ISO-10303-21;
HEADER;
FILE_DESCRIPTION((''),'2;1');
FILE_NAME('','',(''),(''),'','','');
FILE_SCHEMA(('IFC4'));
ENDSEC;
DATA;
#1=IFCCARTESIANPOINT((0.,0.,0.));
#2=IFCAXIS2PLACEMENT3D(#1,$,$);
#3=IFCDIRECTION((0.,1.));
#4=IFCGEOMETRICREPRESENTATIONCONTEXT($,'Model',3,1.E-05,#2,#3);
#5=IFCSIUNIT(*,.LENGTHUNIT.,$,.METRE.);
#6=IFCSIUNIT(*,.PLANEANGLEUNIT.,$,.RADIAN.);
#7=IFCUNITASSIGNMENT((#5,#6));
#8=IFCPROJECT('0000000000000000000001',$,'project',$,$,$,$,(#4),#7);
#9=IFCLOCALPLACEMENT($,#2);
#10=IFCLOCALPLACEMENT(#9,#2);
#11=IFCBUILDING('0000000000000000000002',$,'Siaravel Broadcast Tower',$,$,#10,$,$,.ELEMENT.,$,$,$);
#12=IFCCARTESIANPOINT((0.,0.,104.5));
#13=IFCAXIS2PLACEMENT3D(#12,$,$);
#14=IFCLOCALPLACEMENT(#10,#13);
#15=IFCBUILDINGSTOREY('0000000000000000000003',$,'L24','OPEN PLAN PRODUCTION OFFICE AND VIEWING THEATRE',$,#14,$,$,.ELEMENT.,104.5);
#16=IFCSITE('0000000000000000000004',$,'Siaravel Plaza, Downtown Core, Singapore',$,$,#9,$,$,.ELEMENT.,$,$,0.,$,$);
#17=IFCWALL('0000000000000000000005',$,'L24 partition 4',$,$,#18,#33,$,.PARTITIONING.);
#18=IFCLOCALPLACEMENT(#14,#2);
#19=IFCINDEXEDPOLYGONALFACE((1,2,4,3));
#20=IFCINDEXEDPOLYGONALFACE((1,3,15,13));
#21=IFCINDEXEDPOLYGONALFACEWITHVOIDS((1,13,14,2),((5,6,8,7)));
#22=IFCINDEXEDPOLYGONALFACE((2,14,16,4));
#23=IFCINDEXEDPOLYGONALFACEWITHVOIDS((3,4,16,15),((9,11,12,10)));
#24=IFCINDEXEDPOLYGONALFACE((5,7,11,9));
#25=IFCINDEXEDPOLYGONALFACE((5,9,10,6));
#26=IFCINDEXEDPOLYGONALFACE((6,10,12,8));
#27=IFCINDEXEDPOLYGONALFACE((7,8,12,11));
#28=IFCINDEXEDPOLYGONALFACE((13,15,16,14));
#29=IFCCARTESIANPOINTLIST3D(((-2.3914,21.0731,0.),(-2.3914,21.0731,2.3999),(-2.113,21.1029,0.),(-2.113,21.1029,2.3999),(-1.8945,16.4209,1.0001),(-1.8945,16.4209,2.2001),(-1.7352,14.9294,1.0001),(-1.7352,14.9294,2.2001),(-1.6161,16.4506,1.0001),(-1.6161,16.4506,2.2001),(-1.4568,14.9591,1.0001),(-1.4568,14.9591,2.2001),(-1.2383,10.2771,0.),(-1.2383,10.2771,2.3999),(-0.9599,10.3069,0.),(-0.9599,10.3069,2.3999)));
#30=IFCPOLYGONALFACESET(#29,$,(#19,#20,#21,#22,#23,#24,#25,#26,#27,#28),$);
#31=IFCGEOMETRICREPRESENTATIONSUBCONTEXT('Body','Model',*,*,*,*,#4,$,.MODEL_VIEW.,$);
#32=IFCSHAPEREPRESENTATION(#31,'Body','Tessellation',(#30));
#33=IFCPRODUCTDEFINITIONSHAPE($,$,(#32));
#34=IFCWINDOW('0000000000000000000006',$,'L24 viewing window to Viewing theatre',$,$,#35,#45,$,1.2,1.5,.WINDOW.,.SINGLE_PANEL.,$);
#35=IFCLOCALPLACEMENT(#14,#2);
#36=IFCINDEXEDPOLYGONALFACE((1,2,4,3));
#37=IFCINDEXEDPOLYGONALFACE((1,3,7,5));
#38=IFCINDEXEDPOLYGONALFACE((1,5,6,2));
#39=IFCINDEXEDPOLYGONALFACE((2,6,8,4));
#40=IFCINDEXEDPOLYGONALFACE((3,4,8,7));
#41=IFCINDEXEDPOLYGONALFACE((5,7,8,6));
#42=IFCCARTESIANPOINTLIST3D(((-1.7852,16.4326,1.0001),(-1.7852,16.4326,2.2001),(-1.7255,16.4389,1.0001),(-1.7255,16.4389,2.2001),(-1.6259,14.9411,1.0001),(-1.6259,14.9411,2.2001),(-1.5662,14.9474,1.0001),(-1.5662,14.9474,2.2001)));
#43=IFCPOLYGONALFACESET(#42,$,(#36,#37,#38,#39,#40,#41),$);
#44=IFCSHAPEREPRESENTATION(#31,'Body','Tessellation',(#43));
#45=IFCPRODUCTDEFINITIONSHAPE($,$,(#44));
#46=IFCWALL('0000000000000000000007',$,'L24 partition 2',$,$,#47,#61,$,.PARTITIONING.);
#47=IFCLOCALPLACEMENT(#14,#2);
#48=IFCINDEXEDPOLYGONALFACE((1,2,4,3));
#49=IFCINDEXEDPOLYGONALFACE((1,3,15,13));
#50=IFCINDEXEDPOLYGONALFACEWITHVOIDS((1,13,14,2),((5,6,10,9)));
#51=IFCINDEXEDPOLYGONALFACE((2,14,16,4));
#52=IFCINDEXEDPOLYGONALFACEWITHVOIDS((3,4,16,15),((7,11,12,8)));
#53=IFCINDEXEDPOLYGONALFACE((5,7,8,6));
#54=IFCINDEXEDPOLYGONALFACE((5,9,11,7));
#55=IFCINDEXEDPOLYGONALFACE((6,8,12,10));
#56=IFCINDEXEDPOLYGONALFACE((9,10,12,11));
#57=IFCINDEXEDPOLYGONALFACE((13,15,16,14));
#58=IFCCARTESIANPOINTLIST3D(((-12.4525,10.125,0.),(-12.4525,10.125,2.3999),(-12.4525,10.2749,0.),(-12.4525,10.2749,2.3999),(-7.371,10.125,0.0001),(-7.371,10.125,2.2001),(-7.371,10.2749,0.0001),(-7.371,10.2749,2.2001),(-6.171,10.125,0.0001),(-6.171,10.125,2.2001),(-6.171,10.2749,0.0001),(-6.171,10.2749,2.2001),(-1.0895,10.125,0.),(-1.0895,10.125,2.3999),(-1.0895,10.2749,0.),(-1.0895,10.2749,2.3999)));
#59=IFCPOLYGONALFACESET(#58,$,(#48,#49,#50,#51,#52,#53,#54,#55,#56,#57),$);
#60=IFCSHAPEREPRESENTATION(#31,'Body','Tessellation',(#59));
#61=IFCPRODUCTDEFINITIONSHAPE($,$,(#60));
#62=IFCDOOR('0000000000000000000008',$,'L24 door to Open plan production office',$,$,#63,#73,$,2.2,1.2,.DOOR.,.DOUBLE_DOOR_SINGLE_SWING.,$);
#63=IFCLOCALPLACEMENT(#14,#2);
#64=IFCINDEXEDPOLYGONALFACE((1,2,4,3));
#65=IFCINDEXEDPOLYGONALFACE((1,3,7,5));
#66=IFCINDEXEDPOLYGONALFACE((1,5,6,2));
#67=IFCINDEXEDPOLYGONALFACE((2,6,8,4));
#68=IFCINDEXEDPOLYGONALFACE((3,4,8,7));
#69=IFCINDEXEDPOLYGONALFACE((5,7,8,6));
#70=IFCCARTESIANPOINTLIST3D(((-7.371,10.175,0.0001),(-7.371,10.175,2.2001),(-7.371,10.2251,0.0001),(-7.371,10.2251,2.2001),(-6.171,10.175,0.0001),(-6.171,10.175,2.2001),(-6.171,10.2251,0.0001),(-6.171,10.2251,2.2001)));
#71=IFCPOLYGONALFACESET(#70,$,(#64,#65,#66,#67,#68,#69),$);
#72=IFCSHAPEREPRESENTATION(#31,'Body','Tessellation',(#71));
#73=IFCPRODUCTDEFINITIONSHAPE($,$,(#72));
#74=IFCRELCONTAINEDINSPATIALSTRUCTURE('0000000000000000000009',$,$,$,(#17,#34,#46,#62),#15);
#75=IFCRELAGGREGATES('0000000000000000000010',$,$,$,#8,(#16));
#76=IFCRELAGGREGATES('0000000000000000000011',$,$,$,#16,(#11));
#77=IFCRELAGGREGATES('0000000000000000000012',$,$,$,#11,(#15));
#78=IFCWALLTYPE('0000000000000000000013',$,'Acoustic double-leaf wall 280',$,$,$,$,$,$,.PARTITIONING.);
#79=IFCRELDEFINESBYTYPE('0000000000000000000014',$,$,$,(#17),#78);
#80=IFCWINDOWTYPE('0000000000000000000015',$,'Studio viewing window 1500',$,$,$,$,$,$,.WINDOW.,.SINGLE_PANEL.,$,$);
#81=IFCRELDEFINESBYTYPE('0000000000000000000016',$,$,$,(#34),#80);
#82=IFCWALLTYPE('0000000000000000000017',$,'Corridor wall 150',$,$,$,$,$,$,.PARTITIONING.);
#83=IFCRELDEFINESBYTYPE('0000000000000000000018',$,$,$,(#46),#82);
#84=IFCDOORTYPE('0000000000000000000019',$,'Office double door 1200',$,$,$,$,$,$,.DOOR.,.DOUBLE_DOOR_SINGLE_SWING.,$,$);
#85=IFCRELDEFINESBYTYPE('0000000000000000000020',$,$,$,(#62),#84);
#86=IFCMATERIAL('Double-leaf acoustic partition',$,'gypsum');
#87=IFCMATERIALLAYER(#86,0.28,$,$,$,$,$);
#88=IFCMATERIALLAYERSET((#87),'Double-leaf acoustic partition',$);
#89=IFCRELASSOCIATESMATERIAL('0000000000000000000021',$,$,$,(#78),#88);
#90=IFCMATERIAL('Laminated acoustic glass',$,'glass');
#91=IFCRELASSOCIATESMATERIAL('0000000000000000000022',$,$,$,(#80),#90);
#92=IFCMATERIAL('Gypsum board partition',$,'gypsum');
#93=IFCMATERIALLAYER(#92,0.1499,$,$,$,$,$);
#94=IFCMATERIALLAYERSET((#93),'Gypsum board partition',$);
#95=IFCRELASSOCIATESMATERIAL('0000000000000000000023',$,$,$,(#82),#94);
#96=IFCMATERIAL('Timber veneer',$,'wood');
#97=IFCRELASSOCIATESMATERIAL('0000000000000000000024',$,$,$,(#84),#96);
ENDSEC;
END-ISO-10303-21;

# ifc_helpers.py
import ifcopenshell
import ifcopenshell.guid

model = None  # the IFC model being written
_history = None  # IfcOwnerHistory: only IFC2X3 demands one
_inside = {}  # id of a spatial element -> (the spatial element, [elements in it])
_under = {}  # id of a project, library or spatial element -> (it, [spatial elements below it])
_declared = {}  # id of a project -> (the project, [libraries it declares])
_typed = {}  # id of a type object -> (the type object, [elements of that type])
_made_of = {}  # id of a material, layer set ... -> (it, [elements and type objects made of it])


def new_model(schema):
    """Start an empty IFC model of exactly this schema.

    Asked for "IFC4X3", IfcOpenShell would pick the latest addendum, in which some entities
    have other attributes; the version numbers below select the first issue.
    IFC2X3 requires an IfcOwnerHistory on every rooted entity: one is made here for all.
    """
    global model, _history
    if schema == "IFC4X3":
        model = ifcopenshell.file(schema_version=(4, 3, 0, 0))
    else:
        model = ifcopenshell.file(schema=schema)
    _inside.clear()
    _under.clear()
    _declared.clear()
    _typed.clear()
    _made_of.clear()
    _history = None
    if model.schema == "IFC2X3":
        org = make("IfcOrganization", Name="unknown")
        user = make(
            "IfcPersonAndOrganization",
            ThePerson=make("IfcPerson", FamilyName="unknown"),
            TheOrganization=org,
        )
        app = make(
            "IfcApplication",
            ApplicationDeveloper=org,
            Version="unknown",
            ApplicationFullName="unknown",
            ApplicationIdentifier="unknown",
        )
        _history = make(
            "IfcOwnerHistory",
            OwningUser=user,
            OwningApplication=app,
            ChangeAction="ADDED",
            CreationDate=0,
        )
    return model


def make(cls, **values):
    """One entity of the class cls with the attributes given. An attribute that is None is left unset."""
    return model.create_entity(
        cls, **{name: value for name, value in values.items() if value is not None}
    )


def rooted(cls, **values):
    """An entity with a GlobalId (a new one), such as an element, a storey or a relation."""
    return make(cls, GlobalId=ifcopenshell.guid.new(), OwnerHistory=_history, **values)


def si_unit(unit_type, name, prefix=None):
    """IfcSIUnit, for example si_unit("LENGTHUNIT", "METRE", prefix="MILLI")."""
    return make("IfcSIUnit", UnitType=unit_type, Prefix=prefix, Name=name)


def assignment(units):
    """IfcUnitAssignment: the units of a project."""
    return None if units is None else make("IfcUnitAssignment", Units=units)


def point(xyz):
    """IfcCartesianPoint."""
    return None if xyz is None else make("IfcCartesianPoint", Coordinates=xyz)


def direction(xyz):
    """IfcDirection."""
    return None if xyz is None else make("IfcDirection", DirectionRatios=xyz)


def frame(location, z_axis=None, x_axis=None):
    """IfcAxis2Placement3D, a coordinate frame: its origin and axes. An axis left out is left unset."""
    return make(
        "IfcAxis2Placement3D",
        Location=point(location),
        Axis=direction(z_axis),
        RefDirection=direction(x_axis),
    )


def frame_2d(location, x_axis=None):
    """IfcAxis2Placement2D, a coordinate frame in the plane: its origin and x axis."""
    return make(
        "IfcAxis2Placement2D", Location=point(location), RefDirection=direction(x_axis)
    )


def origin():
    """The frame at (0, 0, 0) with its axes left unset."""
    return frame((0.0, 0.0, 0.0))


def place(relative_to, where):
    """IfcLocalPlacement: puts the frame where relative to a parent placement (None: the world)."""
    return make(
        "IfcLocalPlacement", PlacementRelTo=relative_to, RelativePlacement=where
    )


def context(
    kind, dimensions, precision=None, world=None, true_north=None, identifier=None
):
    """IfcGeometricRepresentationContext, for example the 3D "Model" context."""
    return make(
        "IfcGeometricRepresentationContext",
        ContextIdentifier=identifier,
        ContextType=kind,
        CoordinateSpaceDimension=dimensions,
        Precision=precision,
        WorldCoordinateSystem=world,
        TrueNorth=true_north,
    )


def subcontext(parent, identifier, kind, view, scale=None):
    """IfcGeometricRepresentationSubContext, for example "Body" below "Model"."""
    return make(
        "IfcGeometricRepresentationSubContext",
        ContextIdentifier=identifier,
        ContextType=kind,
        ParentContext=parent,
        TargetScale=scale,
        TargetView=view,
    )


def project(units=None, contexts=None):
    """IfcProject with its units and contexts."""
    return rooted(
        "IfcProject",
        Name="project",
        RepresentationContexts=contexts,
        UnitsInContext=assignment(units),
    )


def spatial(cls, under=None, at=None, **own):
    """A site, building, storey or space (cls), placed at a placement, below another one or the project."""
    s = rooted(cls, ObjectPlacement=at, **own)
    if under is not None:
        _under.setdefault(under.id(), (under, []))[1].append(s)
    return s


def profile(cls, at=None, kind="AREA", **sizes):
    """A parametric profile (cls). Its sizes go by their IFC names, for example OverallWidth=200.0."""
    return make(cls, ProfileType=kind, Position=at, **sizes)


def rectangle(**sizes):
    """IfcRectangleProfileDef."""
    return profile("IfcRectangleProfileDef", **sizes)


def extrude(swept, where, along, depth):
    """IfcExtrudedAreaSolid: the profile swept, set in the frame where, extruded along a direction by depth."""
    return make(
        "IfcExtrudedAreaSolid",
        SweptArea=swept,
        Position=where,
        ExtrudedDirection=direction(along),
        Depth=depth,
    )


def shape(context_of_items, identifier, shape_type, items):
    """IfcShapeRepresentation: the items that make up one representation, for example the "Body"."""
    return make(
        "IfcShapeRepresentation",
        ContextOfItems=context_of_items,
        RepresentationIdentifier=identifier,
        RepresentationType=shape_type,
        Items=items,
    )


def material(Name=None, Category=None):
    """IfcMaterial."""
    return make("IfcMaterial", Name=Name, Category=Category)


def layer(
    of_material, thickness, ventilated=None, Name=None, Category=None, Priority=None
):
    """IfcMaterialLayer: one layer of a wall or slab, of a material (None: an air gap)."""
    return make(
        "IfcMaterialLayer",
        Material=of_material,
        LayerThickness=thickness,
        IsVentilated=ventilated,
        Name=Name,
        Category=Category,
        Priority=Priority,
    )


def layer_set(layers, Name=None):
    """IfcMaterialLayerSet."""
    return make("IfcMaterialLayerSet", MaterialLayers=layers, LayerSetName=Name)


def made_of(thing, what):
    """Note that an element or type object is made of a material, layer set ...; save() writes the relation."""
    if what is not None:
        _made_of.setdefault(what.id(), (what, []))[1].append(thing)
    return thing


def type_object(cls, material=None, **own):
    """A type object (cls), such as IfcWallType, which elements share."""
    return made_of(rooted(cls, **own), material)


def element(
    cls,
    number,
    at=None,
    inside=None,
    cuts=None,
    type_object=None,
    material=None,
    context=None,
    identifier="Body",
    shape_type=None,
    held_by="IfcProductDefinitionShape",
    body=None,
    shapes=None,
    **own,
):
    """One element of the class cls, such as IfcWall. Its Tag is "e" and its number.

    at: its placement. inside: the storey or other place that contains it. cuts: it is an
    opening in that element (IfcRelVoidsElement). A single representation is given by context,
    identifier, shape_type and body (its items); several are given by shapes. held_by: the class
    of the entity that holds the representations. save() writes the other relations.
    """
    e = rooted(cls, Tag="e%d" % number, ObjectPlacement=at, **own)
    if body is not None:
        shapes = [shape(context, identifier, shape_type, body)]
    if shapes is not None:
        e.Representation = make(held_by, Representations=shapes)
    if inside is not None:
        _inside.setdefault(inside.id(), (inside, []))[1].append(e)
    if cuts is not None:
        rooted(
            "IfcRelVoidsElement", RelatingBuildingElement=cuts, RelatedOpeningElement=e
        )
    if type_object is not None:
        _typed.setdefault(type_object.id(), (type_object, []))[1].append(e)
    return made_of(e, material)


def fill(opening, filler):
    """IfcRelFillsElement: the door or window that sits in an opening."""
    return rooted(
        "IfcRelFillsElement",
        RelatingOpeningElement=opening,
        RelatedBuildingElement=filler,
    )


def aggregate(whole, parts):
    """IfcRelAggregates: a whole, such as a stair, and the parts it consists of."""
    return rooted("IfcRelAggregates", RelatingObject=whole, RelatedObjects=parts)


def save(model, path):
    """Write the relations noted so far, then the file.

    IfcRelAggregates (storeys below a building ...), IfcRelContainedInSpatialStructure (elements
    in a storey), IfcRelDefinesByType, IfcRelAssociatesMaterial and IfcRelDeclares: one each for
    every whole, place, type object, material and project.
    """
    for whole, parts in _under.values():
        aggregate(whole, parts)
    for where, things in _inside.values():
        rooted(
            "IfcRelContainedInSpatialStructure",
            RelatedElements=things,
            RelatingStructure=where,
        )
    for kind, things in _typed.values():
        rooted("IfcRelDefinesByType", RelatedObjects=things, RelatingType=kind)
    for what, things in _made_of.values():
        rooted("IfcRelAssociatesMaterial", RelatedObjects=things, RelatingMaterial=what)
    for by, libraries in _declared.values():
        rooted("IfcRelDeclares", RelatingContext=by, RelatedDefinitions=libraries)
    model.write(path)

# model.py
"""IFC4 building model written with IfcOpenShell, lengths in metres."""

from ifc_helpers import new_model, si_unit, direction, frame, frame_2d, origin, place, context, subcontext, project, spatial, rectangle, extrude, material, layer, layer_set, type_object, element, fill, save


model = new_model("IFC4")

# Units and contexts
model_context = context("Model", 3, precision=1e-05, world=origin(), true_north=direction((0.0, 1.0)))
body_context = subcontext(model_context, "Body", "Model", "MODEL_VIEW")
ifc_project = project(units=[si_unit("LENGTHUNIT", "METRE"), si_unit("PLANEANGLEUNIT", "RADIAN")], contexts=[model_context])

# Site, building, storey
site_placement = place(None, origin())
site = spatial("IfcSite", under=ifc_project, at=site_placement, Name="Siaravel Plaza, Downtown Core, Singapore", CompositionType="ELEMENT", RefElevation=0.0)
building_placement = place(site_placement, origin())
building = spatial("IfcBuilding", under=site, at=building_placement, Name="Siaravel Broadcast Tower", CompositionType="ELEMENT")
storey_placement = place(building_placement, frame((0.0, 0.0, 104.5)))
storey = spatial("IfcBuildingStorey", under=building, at=storey_placement, Name="L24", Description="OPEN PLAN PRODUCTION OFFICE AND VIEWING THEATRE", CompositionType="ELEMENT", Elevation=104.5)

# Wall, opening, window
ifc_material_1 = material(Name="Double-leaf acoustic partition", Category="gypsum")
ifc_layer_1 = layer(ifc_material_1, 0.28)
ifc_layer_set_1 = layer_set([ifc_layer_1], Name="Double-leaf acoustic partition")
wall_type_1 = type_object("IfcWallType", Name="Acoustic double-leaf wall 280", PredefinedType="PARTITIONING", material=ifc_layer_set_1)
wall_1_placement = place(storey_placement, frame((-1.0991, 10.292, 0.0), z_axis=(0.0, 0.0, 1.0), x_axis=(-0.106203, 0.994344, 0.0)))
wall_1 = element("IfcWall", 1, at=wall_1_placement, inside=storey, type_object=wall_type_1, Name="L24 partition 4", PredefinedType="PARTITIONING", context=body_context, shape_type="SweptSolid", body=[
    extrude(rectangle(XDim=10.8574, YDim=0.28, at=frame_2d((5.4287, 0.0))), origin(), (0.0, 0.0, 1.0), 2.3999),
])
opening_1_placement = place(wall_1_placement, frame((4.6787, 0.0, 1.0)))
opening_1 = element("IfcOpeningElement", 2, at=opening_1_placement, cuts=wall_1, PredefinedType="OPENING", context=body_context, shape_type="SweptSolid", body=[
    extrude(rectangle(XDim=1.5, YDim=1.2, at=frame_2d((0.75, 0.6001))), frame((0.0, 0.1499, 0.0), z_axis=(0.0, -1.0, 0.0), x_axis=(1.0, 0.0, 0.0)), (0.0, 0.0, 1.0), 0.3),
])
ifc_material_2 = material(Name="Laminated acoustic glass", Category="glass")
window_type = type_object("IfcWindowType", Name="Studio viewing window 1500", PartitioningType="SINGLE_PANEL", PredefinedType="WINDOW", material=ifc_material_2)
window_placement = place(opening_1_placement, origin())
window = element("IfcWindow", 3, at=window_placement, inside=storey, type_object=window_type, Name="L24 viewing window to Viewing theatre", OverallHeight=1.2, OverallWidth=1.5, PartitioningType="SINGLE_PANEL", PredefinedType="WINDOW", context=body_context, shape_type="SweptSolid", body=[
    extrude(rectangle(XDim=1.5, YDim=1.2, at=frame_2d((0.75, 0.6001))), frame((0.0, 0.03, 0.0), z_axis=(0.0, -1.0, 0.0), x_axis=(1.0, 0.0, 0.0)), (0.0, 0.0, 1.0), 0.0601),
])
fill(opening_1, window)

# Wall, opening, door
ifc_material_3 = material(Name="Gypsum board partition", Category="gypsum")
ifc_layer_2 = layer(ifc_material_3, 0.1499)
ifc_layer_set_2 = layer_set([ifc_layer_2], Name="Gypsum board partition")
wall_type_2 = type_object("IfcWallType", Name="Corridor wall 150", PredefinedType="PARTITIONING", material=ifc_layer_set_2)
wall_2_placement = place(storey_placement, frame((-1.0894, 10.2, 0.0), z_axis=(0.0, 0.0, 1.0), x_axis=(-1.0, 0.0, 0.0)))
wall_2 = element("IfcWall", 4, at=wall_2_placement, inside=storey, type_object=wall_type_2, Name="L24 partition 2", PredefinedType="PARTITIONING", context=body_context, shape_type="SweptSolid", body=[
    extrude(rectangle(XDim=11.363, YDim=0.1499, at=frame_2d((5.6816, 0.0))), origin(), (0.0, 0.0, 1.0), 2.3999),
])
opening_2_placement = place(wall_2_placement, frame((5.0815, 0.0, 0.0)))
opening_2 = element("IfcOpeningElement", 5, at=opening_2_placement, cuts=wall_2, PredefinedType="OPENING", context=body_context, shape_type="SweptSolid", body=[
    extrude(rectangle(XDim=1.2, YDim=2.2, at=frame_2d((0.6001, 1.1001))), frame((0.0, 0.085, 0.0), z_axis=(0.0, -1.0, 0.0), x_axis=(1.0, 0.0, 0.0)), (0.0, 0.0, 1.0), 0.1699),
])
ifc_material_4 = material(Name="Timber veneer", Category="wood")
door_type = type_object("IfcDoorType", Name="Office double door 1200", OperationType="DOUBLE_DOOR_SINGLE_SWING", PredefinedType="DOOR", material=ifc_material_4)
door_placement = place(opening_2_placement, origin())
door = element("IfcDoor", 6, at=door_placement, inside=storey, type_object=door_type, Name="L24 door to Open plan production office", OperationType="DOUBLE_DOOR_SINGLE_SWING", OverallHeight=2.2, OverallWidth=1.2, PredefinedType="DOOR", context=body_context, shape_type="SweptSolid", body=[
    extrude(rectangle(XDim=1.2, YDim=2.2, at=frame_2d((0.6001, 1.1001))), frame((0.0, 0.0249, 0.0), z_axis=(0.0, -1.0, 0.0), x_axis=(1.0, 0.0, 0.0)), (0.0, 0.0, 1.0), 0.05),
])
fill(opening_2, door)

save(model, "model.ifc")
